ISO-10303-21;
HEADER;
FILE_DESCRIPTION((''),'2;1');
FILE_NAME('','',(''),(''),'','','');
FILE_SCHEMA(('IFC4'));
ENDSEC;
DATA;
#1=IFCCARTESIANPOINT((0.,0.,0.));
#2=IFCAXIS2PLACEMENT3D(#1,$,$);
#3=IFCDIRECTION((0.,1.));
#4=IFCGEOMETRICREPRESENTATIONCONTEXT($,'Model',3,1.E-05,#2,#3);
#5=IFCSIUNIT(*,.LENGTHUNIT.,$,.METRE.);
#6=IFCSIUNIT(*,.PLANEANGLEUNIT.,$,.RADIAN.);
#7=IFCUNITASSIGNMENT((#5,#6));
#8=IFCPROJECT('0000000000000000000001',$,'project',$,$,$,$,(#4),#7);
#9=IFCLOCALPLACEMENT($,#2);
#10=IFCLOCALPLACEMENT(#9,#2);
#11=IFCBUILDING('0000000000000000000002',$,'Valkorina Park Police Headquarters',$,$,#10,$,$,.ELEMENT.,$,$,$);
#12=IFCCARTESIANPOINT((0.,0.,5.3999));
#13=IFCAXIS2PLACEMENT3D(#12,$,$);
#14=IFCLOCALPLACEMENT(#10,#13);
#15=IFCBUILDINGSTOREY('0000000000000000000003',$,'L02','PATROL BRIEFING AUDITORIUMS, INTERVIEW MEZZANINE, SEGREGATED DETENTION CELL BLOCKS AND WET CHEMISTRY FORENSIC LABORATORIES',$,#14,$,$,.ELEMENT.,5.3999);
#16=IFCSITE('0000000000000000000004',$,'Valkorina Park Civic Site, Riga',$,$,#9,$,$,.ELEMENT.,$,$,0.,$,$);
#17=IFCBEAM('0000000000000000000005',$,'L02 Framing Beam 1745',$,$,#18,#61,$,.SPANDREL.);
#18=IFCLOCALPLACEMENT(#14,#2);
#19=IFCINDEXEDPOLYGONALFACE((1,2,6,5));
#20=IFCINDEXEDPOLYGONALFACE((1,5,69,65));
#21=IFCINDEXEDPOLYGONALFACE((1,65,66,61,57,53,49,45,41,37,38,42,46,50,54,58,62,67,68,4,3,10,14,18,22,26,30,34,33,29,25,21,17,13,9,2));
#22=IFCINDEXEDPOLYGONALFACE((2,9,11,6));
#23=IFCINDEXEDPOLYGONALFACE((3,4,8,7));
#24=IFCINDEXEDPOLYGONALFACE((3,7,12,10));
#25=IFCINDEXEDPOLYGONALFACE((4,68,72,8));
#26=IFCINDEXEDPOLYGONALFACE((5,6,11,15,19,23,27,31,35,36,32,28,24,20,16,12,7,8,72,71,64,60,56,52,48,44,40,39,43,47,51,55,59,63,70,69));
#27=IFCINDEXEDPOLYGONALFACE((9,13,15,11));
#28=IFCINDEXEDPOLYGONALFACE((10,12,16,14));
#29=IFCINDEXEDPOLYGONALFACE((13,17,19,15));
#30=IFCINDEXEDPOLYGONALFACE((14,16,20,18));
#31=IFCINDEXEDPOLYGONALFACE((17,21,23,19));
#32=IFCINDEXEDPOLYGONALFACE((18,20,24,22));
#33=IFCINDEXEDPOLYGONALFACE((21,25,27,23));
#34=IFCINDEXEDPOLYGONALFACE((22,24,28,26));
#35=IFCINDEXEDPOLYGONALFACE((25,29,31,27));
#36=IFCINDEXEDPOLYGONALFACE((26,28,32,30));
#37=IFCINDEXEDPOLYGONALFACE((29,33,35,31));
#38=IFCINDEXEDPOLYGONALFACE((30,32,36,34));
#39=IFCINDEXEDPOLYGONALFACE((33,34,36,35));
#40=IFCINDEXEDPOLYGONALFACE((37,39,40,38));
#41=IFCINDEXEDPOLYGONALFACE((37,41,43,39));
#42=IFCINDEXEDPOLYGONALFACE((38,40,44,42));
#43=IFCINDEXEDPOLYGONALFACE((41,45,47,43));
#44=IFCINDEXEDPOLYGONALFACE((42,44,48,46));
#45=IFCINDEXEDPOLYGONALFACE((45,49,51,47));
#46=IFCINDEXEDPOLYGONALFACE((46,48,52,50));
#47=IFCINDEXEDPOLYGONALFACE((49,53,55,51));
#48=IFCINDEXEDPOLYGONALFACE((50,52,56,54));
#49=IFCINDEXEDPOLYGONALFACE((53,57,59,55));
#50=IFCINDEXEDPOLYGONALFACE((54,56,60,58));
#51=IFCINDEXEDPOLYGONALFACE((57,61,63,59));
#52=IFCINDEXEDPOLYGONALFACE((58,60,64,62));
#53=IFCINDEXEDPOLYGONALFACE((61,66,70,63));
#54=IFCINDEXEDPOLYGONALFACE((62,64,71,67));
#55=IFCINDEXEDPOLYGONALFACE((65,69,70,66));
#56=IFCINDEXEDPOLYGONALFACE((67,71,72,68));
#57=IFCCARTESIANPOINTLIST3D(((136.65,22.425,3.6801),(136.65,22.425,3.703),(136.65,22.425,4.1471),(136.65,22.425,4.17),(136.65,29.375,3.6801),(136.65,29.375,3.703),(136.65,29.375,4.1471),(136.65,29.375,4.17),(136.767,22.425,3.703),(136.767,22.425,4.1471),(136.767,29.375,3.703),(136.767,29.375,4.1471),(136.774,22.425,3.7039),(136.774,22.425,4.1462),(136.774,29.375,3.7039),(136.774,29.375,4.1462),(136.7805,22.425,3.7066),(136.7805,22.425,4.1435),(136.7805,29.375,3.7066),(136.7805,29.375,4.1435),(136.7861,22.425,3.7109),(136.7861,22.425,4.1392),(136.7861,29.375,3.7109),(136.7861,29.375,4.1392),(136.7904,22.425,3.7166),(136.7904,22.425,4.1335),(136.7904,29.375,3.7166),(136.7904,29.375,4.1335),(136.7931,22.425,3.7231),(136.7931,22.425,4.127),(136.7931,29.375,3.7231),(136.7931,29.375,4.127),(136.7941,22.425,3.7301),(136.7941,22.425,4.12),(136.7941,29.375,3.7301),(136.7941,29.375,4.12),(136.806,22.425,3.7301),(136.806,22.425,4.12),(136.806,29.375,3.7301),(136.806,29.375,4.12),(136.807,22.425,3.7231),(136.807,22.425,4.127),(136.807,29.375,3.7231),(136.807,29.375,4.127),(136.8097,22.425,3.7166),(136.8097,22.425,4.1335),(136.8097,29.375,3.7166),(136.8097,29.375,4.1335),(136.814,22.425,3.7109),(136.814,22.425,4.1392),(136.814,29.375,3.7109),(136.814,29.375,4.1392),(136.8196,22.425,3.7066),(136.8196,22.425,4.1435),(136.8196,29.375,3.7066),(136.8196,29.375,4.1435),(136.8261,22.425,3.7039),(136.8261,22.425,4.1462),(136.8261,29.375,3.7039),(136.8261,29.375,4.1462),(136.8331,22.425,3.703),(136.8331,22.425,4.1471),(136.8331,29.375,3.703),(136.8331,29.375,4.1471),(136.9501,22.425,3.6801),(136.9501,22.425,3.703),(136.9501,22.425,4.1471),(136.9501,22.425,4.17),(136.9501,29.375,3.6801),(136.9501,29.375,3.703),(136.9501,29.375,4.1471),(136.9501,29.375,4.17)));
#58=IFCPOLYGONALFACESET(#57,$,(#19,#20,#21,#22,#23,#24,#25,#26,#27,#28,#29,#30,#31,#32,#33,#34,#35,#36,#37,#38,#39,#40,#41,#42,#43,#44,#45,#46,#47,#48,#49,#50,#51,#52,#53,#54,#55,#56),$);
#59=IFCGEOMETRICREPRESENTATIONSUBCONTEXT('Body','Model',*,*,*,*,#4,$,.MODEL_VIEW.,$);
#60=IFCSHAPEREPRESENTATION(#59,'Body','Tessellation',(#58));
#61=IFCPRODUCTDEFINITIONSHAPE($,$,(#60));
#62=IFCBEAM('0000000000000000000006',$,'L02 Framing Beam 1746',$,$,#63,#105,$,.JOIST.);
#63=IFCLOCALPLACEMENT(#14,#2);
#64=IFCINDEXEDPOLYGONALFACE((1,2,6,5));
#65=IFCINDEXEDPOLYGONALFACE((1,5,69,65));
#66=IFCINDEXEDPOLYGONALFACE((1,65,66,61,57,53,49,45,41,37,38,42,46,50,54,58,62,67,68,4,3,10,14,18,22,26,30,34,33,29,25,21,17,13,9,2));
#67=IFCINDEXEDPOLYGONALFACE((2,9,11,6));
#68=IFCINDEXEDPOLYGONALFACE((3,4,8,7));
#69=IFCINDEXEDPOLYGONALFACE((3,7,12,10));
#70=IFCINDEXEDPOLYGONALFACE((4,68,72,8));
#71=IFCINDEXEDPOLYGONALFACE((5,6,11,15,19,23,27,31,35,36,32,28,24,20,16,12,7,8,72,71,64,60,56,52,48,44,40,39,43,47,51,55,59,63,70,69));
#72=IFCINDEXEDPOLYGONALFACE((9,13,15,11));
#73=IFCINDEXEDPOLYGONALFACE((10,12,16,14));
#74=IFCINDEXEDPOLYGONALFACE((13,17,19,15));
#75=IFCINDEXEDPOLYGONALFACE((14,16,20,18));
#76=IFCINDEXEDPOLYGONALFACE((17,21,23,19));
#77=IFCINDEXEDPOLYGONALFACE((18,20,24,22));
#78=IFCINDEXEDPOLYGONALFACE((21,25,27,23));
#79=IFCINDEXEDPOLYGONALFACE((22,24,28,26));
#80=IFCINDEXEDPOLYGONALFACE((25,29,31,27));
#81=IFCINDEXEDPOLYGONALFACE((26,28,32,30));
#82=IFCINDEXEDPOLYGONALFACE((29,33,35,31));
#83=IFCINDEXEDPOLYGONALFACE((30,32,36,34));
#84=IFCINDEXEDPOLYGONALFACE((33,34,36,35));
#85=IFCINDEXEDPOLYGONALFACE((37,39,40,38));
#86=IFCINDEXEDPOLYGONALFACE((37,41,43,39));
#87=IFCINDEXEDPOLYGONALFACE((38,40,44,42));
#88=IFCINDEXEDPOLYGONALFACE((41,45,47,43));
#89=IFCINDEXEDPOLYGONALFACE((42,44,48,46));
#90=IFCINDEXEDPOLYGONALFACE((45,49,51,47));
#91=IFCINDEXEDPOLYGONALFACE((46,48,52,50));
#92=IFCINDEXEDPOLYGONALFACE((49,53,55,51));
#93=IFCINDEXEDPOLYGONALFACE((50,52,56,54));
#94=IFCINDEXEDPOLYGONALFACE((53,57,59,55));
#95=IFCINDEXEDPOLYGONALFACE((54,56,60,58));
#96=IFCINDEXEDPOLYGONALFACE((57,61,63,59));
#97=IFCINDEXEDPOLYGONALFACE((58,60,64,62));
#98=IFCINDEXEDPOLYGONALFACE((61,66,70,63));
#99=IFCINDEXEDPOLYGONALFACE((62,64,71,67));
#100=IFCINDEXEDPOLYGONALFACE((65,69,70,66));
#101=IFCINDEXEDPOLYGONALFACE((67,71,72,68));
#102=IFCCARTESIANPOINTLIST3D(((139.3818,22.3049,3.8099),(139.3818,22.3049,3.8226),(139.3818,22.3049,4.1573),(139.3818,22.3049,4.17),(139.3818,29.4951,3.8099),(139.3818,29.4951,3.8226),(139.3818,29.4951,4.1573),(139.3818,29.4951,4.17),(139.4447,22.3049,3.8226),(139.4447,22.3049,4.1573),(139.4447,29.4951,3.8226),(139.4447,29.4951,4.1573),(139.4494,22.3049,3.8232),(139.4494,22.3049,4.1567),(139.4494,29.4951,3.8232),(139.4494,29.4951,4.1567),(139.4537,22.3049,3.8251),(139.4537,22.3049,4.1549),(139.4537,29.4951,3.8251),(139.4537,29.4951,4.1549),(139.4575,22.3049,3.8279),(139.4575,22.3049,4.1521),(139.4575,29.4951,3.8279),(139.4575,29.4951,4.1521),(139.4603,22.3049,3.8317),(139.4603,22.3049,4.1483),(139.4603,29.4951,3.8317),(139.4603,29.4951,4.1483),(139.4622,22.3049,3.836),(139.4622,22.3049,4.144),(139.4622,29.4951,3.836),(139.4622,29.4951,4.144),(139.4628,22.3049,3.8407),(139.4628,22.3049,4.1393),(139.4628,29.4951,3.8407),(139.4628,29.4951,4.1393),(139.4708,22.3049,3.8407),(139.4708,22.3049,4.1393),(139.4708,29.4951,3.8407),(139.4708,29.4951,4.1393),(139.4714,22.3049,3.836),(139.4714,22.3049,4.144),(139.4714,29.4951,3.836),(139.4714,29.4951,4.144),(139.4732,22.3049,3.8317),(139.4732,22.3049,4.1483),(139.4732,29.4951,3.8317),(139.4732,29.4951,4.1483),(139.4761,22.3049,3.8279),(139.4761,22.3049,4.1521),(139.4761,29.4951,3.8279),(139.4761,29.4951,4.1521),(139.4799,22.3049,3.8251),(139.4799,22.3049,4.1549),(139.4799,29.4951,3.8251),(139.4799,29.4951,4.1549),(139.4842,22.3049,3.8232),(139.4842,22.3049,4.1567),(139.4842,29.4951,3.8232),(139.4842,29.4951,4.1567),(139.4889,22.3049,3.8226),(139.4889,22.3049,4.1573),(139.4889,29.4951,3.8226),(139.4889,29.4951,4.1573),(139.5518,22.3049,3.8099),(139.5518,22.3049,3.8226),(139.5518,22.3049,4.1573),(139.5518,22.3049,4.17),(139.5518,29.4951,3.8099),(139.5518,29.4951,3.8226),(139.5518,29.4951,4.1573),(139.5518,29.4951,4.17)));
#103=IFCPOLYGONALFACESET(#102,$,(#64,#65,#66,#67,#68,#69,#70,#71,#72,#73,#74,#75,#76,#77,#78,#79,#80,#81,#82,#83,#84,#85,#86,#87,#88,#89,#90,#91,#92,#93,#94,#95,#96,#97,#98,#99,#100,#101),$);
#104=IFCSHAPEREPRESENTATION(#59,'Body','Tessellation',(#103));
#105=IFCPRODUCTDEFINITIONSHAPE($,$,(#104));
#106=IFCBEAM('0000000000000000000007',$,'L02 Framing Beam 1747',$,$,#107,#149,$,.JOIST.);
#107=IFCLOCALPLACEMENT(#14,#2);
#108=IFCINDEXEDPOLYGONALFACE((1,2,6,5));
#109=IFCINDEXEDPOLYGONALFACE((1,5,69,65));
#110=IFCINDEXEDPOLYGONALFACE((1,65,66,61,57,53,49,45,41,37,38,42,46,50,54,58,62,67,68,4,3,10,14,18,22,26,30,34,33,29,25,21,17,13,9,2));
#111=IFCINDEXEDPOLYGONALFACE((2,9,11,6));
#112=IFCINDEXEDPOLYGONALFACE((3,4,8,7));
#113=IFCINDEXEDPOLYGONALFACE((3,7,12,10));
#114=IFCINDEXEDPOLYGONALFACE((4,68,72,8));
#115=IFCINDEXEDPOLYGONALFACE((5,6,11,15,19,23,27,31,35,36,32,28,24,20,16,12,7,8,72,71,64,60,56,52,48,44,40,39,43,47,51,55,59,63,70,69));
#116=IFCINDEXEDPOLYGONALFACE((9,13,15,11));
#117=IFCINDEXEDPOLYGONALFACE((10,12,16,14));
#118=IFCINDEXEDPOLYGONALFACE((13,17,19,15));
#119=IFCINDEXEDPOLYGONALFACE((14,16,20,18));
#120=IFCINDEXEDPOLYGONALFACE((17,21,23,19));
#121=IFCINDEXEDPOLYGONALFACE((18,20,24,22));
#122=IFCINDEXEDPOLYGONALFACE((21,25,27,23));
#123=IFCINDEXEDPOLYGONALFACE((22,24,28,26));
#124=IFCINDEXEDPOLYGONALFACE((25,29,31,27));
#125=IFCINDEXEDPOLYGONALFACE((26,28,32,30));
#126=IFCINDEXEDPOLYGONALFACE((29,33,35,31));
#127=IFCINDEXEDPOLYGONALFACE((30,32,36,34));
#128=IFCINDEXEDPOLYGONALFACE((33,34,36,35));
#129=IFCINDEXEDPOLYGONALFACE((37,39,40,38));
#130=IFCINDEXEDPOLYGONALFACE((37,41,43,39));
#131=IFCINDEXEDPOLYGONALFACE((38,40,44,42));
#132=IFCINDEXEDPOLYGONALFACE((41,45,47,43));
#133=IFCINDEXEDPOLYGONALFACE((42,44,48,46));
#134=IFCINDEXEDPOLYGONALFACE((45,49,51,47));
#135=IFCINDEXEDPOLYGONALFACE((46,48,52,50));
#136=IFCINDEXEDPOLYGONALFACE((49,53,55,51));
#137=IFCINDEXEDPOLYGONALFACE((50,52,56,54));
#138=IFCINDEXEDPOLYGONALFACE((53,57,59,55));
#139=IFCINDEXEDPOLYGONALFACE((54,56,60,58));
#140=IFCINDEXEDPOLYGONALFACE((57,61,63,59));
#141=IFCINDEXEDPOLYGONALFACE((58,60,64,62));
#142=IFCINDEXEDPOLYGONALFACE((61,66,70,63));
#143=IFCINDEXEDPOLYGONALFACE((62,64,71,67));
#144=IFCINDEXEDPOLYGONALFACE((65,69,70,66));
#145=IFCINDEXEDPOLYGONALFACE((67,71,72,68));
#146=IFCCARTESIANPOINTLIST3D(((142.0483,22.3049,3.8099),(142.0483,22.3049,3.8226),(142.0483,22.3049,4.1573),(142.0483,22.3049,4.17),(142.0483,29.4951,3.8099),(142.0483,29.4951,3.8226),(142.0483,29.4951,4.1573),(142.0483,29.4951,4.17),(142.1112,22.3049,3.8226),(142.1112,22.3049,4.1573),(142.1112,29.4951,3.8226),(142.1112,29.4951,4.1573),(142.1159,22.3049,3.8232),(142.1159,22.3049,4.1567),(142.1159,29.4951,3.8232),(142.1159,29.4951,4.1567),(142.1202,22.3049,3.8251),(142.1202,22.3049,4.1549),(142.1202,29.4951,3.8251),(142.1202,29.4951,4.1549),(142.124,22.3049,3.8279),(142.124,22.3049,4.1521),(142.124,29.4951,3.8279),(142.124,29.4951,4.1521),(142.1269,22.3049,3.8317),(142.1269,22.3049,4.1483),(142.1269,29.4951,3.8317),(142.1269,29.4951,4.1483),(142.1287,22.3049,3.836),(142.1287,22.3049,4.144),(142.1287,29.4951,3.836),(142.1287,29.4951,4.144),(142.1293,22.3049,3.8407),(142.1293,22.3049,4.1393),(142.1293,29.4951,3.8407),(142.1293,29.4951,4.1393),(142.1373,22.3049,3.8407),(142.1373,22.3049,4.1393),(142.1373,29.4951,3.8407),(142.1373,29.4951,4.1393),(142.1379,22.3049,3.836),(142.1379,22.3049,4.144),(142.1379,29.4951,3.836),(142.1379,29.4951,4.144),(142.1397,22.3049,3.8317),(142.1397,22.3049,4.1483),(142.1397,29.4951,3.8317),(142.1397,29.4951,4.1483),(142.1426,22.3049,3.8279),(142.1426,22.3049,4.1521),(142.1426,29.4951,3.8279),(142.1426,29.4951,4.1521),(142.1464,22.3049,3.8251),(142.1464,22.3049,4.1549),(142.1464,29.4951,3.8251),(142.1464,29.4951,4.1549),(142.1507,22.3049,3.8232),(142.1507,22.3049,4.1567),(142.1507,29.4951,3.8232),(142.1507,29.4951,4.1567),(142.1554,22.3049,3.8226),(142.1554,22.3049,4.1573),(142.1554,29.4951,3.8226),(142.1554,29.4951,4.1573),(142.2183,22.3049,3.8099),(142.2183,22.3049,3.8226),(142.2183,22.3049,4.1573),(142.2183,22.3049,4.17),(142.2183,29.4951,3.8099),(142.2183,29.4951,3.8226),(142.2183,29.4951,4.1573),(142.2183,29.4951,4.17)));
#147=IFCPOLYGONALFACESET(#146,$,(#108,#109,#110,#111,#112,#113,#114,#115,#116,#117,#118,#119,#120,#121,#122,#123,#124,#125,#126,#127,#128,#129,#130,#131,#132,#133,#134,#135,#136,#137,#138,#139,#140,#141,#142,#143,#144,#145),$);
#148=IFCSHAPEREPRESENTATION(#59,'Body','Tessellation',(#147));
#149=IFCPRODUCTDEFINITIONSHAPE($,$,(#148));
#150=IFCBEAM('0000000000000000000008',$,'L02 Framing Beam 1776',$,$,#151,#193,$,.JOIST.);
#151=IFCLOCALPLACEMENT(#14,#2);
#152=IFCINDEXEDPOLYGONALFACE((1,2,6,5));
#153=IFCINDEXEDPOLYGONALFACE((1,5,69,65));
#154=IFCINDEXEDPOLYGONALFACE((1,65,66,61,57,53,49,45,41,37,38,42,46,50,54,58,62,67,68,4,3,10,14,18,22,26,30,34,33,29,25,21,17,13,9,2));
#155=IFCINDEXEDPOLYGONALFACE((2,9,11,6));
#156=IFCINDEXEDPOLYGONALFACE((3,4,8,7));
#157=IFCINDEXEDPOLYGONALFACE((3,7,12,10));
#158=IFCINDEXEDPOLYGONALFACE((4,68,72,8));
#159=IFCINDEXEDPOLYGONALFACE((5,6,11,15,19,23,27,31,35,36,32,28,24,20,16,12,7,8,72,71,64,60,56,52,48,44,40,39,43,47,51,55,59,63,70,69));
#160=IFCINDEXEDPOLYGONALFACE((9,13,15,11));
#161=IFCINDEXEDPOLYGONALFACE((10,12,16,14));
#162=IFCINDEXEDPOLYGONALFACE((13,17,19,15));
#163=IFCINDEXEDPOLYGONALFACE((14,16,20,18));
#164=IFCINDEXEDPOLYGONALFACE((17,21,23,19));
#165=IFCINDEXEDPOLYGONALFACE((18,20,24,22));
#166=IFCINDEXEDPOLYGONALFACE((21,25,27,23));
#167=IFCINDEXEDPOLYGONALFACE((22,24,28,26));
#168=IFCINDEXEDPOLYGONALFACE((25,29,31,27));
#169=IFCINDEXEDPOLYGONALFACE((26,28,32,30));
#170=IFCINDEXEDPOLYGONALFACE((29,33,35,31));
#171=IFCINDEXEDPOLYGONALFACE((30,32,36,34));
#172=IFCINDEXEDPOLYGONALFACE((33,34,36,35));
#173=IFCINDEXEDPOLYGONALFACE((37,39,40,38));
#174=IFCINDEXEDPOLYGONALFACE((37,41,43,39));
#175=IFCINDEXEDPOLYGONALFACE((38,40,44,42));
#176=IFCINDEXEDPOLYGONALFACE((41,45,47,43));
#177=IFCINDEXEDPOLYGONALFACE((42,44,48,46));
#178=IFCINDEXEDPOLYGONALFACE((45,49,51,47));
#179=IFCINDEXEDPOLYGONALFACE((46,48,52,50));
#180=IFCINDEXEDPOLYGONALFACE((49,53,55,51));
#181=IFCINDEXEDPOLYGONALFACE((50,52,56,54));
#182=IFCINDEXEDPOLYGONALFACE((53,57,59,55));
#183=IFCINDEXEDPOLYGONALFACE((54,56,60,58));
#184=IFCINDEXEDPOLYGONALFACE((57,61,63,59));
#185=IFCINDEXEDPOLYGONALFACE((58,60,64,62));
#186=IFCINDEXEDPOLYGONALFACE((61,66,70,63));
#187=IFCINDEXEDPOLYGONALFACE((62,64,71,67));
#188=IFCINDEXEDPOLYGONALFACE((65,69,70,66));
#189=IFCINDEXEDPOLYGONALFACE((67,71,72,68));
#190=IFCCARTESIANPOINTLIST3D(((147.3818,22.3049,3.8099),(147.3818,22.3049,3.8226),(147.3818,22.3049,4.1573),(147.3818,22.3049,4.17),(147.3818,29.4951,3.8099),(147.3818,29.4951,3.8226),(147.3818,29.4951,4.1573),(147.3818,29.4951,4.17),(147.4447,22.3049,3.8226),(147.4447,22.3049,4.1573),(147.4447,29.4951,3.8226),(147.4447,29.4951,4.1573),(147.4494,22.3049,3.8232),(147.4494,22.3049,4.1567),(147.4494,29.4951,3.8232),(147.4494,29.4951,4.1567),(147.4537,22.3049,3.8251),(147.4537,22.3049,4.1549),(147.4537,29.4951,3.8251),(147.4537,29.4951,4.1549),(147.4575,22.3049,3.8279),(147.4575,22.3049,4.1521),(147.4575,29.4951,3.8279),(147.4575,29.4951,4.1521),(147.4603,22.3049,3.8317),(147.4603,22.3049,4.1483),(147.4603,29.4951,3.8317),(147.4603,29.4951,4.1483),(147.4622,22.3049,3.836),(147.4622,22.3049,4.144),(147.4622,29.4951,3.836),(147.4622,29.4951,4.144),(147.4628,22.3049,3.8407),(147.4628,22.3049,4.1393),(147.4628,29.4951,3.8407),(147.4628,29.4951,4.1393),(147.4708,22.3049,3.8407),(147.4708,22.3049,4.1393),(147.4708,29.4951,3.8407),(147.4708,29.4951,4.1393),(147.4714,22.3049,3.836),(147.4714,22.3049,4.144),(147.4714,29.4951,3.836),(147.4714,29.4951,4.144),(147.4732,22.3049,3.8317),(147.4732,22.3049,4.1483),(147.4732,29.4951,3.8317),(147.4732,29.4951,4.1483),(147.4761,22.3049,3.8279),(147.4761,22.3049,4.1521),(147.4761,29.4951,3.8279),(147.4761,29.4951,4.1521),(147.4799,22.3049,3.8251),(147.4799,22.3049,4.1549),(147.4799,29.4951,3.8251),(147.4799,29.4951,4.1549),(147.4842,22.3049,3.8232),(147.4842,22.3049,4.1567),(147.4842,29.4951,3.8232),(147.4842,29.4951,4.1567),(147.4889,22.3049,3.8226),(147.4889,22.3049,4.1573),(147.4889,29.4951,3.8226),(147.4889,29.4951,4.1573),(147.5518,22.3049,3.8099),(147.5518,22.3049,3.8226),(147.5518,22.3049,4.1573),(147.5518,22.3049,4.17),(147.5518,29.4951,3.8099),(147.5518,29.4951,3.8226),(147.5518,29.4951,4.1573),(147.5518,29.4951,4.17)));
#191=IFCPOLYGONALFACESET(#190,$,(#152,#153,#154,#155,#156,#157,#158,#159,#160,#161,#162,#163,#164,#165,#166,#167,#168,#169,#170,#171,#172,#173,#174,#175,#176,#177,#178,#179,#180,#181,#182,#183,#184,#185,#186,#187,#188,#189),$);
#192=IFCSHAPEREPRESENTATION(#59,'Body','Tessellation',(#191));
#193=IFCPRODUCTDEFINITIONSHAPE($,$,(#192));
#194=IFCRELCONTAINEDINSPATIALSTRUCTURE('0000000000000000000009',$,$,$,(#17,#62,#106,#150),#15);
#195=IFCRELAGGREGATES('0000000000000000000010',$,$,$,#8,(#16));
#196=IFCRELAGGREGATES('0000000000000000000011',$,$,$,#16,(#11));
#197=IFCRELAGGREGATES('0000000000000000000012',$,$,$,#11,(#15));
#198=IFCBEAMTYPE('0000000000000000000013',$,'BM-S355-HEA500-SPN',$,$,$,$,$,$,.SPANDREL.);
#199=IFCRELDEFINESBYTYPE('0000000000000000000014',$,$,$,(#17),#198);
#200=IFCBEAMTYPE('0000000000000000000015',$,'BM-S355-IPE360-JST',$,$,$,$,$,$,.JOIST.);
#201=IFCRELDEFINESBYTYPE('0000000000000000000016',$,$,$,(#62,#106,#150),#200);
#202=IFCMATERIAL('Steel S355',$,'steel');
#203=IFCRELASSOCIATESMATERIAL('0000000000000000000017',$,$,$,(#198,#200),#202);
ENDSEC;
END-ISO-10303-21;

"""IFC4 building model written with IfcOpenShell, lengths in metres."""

from ifc_helpers import new_model, si_unit, direction, frame, origin, origin_2d, place, context, subcontext, project, spatial, i_section, extrude, material, material_profile, profile_set, type_object, element, save


model = new_model("IFC4")

# Units and contexts
model_context = context("Model", 3, precision=1e-05, world=origin(), true_north=direction((0.0, 1.0)))
body_context = subcontext(model_context, "Body", "Model", "MODEL_VIEW")
ifc_project = project(units=[si_unit("LENGTHUNIT", "METRE"), si_unit("PLANEANGLEUNIT", "RADIAN")], contexts=[model_context])

# Site, building, storey
site_placement = place(None, origin())
site = spatial("IfcSite", under=ifc_project, at=site_placement, Name="Valkorina Park Civic Site, Riga", CompositionType="ELEMENT", RefElevation=0.0)
building_placement = place(site_placement, origin())
building = spatial("IfcBuilding", under=site, at=building_placement, Name="Valkorina Park Police Headquarters", CompositionType="ELEMENT")
storey_placement = place(building_placement, frame((0.0, 0.0, 5.3999)))
storey = spatial("IfcBuildingStorey", under=building, at=storey_placement, Name="L02", Description="PATROL BRIEFING AUDITORIUMS, INTERVIEW MEZZANINE, SEGREGATED DETENTION CELL BLOCKS AND WET CHEMISTRY FORENSIC LABORATORIES", CompositionType="ELEMENT", Elevation=5.3999)

# Shared definitions
ifc_material_1 = material(Name="Steel S355", Category="steel")

# Beams
ifc_material_profile_1 = material_profile(ifc_material_1, i_section(OverallWidth=0.3, OverallDepth=0.49, WebThickness=0.012, FlangeThickness=0.0229, FilletRadius=0.0271, at=origin_2d()), Name="HEA 500")
ifc_profile_set_1 = profile_set([ifc_material_profile_1], Name="Steel S355")
beam_type_1 = type_object("IfcBeamType", Name="BM-S355-HEA500-SPN", PredefinedType="SPANDREL", material=ifc_profile_set_1)
beam_1_placement = place(storey_placement, frame((136.8, 22.425, 3.925), z_axis=(0.0, 1.0, 0.0), x_axis=(-1.0, 0.0, 0.0)))
element("IfcBeam", 1, at=beam_1_placement, inside=storey, type_object=beam_type_1, Name="L02 Framing Beam 1745", PredefinedType="SPANDREL", context=body_context, shape_type="SweptSolid", body=[
    extrude(i_section(OverallWidth=0.3, OverallDepth=0.49, WebThickness=0.012, FlangeThickness=0.0229, FilletRadius=0.0271, at=origin_2d()), origin(), (0.0, 0.0, 1.0), 6.95),
])
ifc_material_profile_2 = material_profile(ifc_material_1, i_section(OverallWidth=0.1699, OverallDepth=0.3601, WebThickness=0.0081, FlangeThickness=0.0127, FilletRadius=0.0181, at=origin_2d()), Name="IPE 360")
ifc_profile_set_2 = profile_set([ifc_material_profile_2], Name="Steel S355")
beam_type_2 = type_object("IfcBeamType", Name="BM-S355-IPE360-JST", PredefinedType="JOIST", material=ifc_profile_set_2)
for number, where, z_axis, x_axis, name in (
    (2, (139.4668, 22.3049, 3.99), (0.0, 1.0, 0.0), (-1.0, 0.0, 0.0), "L02 Framing Beam 1746"),
    (3, (142.1333, 22.3049, 3.99), (0.0, 1.0, 0.0), (-1.0, 0.0, 0.0), "L02 Framing Beam 1747"),
    (4, (147.4668, 22.3049, 3.99), (0.0, 1.0, 0.0), (-1.0, 0.0, 0.0), "L02 Framing Beam 1776"),
):
    element("IfcBeam", number, at=place(storey_placement, frame(where, z_axis=z_axis, x_axis=x_axis)), inside=storey, type_object=beam_type_2, Name=name, PredefinedType="JOIST", context=body_context, shape_type="SweptSolid", body=[
        extrude(i_section(OverallWidth=0.1699, OverallDepth=0.3601, WebThickness=0.0081, FlangeThickness=0.0127, FilletRadius=0.0181, at=origin_2d()), origin(), (0.0, 0.0, 1.0), 7.1902),
    ])

save(model, "model.ifc")
